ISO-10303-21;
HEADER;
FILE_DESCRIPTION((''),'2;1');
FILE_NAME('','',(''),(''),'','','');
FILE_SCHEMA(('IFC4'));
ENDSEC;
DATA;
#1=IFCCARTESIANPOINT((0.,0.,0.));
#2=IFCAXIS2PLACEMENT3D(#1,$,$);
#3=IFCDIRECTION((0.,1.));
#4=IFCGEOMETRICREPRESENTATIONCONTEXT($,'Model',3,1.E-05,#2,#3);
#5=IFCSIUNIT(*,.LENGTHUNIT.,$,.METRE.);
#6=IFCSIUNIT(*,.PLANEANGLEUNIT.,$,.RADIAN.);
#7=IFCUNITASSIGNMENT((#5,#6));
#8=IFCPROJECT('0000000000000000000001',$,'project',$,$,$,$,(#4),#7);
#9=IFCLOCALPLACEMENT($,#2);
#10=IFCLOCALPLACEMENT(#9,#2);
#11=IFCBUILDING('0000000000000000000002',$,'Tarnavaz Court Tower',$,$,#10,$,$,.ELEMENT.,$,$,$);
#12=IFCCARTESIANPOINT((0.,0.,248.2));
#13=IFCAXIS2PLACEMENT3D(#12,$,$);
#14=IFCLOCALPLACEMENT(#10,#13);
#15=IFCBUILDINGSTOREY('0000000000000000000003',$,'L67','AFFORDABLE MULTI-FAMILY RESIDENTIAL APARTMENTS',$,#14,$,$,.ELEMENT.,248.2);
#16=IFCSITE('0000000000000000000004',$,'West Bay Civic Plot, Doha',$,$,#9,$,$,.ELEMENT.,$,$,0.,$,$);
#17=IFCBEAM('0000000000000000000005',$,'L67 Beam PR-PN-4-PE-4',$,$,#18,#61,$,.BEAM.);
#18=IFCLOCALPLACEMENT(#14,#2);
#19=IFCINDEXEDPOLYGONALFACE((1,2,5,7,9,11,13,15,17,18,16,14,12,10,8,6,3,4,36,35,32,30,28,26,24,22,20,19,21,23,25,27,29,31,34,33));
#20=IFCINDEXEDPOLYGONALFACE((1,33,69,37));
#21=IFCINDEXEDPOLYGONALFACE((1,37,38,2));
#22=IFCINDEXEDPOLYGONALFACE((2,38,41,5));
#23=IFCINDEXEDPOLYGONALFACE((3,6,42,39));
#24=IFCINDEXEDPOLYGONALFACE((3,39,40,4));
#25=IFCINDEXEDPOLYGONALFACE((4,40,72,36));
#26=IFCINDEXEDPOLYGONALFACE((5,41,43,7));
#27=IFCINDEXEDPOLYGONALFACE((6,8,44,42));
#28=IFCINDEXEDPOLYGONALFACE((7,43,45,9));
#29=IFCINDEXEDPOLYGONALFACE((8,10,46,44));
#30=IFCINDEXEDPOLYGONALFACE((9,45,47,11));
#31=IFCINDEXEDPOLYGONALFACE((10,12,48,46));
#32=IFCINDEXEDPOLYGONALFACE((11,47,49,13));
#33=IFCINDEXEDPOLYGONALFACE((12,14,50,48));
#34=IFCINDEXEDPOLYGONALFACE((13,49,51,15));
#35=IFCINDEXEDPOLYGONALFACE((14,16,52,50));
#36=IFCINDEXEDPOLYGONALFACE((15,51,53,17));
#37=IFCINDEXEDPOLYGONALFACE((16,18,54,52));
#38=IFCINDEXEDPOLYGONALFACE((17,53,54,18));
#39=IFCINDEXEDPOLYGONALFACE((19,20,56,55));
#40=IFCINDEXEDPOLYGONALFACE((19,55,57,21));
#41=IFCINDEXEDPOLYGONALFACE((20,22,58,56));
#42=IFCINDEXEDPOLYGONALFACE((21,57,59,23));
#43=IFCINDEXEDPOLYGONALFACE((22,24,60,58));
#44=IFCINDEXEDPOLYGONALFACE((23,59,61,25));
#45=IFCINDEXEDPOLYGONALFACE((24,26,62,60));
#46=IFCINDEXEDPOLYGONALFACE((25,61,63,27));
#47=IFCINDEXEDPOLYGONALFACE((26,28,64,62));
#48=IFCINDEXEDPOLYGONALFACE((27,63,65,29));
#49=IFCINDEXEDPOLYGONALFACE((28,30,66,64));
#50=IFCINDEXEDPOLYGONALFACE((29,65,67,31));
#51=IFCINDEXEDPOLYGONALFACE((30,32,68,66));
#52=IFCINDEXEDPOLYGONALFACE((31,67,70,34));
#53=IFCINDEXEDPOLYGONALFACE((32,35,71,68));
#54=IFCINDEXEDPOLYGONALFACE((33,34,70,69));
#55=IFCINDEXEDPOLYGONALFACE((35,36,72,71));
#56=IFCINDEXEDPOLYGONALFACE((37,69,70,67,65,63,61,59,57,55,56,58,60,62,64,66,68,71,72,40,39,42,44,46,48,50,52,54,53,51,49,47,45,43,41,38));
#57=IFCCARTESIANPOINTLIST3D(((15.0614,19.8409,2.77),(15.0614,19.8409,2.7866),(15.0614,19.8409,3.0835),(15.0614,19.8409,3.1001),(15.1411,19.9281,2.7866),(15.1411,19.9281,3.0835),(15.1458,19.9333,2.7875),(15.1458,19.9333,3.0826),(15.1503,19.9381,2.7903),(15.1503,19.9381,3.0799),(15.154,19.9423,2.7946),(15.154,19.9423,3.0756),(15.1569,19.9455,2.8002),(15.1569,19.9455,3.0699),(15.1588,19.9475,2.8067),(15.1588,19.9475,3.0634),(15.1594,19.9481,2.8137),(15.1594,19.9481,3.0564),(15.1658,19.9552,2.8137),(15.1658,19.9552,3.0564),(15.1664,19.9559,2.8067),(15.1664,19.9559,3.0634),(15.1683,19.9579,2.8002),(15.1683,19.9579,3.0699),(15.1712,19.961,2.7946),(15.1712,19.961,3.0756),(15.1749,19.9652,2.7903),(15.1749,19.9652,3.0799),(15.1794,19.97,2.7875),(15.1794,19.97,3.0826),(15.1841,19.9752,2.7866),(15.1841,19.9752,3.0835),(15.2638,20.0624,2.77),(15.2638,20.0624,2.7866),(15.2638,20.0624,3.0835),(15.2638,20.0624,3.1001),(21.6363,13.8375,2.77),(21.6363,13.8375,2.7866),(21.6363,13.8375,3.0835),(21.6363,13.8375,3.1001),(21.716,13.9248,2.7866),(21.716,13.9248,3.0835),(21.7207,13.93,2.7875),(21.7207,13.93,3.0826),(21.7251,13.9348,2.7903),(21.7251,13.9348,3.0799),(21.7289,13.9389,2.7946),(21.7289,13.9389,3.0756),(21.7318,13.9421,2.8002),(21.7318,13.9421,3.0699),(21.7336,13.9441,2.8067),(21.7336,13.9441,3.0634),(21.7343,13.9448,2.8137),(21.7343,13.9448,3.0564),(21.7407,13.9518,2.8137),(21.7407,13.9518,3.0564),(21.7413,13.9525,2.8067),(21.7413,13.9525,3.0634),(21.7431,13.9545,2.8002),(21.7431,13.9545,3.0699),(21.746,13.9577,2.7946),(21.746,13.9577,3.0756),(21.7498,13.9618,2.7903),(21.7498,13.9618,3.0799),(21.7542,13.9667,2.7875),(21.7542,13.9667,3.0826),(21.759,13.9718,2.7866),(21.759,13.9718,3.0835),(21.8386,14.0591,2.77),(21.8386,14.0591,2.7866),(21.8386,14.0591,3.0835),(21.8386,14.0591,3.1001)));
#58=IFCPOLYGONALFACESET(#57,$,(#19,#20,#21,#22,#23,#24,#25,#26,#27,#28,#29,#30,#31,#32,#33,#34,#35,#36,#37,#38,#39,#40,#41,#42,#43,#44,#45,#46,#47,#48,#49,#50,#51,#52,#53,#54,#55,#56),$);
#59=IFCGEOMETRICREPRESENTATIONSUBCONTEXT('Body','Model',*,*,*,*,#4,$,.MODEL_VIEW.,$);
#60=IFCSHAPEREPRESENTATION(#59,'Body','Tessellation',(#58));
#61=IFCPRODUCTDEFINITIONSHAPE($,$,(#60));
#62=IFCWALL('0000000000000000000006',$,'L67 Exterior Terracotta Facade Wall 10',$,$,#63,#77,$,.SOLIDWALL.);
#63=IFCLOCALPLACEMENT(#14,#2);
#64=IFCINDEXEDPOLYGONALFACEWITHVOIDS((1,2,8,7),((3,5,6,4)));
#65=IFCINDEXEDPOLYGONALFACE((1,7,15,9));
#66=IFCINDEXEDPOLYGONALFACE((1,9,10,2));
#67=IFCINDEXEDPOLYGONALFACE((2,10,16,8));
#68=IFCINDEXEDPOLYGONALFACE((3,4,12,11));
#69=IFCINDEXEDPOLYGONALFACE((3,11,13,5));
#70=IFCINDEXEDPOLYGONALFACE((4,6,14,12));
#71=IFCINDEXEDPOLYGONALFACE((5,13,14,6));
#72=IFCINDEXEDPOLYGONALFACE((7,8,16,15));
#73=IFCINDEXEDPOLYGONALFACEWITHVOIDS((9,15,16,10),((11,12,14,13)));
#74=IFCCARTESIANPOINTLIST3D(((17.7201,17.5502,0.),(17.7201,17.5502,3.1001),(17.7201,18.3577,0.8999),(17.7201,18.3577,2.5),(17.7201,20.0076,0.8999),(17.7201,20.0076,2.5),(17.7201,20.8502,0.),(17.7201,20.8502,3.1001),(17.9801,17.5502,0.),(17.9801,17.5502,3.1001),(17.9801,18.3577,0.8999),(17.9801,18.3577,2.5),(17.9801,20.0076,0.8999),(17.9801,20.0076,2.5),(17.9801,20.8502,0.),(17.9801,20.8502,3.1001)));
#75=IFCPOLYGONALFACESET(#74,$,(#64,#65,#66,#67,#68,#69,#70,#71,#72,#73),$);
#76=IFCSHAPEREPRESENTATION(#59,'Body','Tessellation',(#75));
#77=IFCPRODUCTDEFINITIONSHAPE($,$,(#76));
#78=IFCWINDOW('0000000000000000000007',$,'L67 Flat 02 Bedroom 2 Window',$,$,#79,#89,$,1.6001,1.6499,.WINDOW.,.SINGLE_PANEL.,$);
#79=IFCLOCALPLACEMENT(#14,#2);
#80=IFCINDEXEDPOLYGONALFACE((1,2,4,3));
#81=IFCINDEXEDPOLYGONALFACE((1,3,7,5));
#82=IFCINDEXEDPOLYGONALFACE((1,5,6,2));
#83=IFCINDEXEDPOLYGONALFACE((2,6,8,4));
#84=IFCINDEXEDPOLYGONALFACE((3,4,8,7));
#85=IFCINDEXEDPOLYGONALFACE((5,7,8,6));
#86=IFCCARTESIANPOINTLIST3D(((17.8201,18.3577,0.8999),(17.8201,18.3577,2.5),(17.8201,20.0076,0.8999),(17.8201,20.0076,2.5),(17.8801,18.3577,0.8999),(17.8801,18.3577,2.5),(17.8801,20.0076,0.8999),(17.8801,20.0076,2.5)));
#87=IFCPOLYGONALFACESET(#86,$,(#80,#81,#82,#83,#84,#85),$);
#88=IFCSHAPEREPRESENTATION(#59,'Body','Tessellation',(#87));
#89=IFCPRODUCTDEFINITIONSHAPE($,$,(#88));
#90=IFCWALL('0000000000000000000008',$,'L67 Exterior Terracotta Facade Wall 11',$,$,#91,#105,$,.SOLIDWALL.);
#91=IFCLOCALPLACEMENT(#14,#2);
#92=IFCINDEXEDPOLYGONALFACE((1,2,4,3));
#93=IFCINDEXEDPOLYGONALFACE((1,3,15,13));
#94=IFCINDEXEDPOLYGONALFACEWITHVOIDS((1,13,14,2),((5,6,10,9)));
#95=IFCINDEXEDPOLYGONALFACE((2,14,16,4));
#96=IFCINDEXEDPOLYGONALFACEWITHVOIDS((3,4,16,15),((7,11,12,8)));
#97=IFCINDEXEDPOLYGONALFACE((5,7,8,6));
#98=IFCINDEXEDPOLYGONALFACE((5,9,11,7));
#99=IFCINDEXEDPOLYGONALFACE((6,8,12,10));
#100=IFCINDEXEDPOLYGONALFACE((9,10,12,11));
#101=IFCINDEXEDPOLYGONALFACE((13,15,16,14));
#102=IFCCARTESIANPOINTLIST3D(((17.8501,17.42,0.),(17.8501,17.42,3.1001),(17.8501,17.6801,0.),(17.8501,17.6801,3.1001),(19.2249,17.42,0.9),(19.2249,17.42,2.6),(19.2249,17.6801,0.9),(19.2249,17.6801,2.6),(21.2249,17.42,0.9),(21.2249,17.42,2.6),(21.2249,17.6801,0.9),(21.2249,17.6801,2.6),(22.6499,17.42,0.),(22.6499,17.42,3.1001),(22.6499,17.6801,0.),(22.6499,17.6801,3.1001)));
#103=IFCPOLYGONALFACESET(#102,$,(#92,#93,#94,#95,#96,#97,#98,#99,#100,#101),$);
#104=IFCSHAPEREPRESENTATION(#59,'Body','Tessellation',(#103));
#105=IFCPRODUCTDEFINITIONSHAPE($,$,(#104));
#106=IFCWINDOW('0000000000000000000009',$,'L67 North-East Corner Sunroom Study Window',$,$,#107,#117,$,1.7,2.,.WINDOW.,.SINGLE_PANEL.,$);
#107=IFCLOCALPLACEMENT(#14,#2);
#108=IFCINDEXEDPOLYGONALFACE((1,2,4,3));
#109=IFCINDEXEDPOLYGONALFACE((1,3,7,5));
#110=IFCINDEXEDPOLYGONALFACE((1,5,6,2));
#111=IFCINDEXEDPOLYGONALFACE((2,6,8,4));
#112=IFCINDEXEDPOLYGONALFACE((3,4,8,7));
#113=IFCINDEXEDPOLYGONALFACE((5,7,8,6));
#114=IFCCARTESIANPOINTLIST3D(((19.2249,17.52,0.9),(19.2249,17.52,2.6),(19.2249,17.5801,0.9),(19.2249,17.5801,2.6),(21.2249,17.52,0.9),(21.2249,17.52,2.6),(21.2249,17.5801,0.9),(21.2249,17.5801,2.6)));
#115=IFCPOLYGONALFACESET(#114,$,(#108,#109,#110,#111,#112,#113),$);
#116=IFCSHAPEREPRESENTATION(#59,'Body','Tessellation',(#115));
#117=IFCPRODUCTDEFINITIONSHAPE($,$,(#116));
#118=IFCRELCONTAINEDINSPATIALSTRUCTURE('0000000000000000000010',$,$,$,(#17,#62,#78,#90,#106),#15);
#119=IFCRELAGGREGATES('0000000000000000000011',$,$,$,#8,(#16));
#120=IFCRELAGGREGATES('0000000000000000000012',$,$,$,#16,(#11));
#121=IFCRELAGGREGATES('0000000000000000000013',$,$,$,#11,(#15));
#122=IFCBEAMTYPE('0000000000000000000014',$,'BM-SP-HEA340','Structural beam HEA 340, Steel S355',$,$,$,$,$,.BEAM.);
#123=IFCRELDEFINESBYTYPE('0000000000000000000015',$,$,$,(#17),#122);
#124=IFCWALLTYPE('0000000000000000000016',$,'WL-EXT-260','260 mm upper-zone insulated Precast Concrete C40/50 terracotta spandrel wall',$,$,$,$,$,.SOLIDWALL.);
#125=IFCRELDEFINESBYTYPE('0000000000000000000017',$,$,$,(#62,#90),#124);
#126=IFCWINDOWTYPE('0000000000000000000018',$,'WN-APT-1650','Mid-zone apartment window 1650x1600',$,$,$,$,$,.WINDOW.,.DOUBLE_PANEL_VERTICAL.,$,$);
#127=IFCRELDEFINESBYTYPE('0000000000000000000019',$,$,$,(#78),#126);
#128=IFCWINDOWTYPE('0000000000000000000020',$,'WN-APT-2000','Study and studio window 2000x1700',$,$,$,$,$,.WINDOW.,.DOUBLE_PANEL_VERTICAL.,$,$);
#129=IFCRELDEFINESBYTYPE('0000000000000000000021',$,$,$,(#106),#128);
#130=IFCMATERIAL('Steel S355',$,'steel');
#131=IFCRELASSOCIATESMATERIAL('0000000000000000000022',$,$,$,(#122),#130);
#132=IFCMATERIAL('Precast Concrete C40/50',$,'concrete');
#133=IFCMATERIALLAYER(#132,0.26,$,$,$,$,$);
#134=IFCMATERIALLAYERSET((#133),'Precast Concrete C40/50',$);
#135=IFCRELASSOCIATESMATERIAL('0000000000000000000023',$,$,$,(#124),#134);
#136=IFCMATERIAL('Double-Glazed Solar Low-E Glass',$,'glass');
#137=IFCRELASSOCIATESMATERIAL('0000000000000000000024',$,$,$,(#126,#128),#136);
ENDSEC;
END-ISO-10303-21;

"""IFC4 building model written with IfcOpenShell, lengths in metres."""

from ifc_helpers import new_model, si_unit, direction, frame, frame_2d, origin, origin_2d, place, context, subcontext, project, spatial, rectangle, i_section, extrude, material, layer, layer_set, material_profile, profile_set, type_object, element, fill, save


model = new_model("IFC4")

# Units and contexts
model_context = context("Model", 3, precision=1e-05, world=origin(), true_north=direction((0.0, 1.0)))
body_context = subcontext(model_context, "Body", "Model", "MODEL_VIEW")
ifc_project = project(units=[si_unit("LENGTHUNIT", "METRE"), si_unit("PLANEANGLEUNIT", "RADIAN")], contexts=[model_context])

# Site, building, storey
site_placement = place(None, origin())
site = spatial("IfcSite", under=ifc_project, at=site_placement, Name="West Bay Civic Plot, Doha", CompositionType="ELEMENT", RefElevation=0.0)
building_placement = place(site_placement, origin())
building = spatial("IfcBuilding", under=site, at=building_placement, Name="Tarnavaz Court Tower", CompositionType="ELEMENT")
storey_placement = place(building_placement, frame((0.0, 0.0, 248.2)))
storey = spatial("IfcBuildingStorey", under=building, at=storey_placement, Name="L67", Description="AFFORDABLE MULTI-FAMILY RESIDENTIAL APARTMENTS", CompositionType="ELEMENT", Elevation=248.2)

# Beam
ifc_material_1 = material(Name="Steel S355", Category="steel")
ifc_material_profile_1 = material_profile(ifc_material_1, i_section(OverallWidth=0.3, OverallDepth=0.3301, WebThickness=0.0095, FlangeThickness=0.0166, FilletRadius=0.0271, at=origin_2d()), Name="HEA 340")
ifc_profile_set_1 = profile_set([ifc_material_profile_1], Name="Steel S355")
beam_type_1 = type_object("IfcBeamType", Name="BM-SP-HEA340", Description="Structural beam HEA 340, Steel S355", PredefinedType="BEAM", material=ifc_profile_set_1)
beam_1_placement = place(storey_placement, frame((15.1626, 19.9517, 2.9351), z_axis=(0.738474, -0.674282, 0.0), x_axis=(0.674282, 0.738474, 0.0)))
element("IfcBeam", 1, at=beam_1_placement, inside=storey, type_object=beam_type_1, Name="L67 Beam PR-PN-4-PE-4", PredefinedType="BEAM", context=body_context, shape_type="SweptSolid", body=[
    extrude(i_section(OverallWidth=0.3, OverallDepth=0.3301, WebThickness=0.0095, FlangeThickness=0.0166, FilletRadius=0.0271, at=origin_2d()), origin(), (0.0, 0.0, 1.0), 8.9033),
])

# Walls, openings, windows
ifc_material_2 = material(Name="Precast Concrete C40/50", Category="concrete")
ifc_layer_1 = layer(ifc_material_2, 0.26)
ifc_layer_set_1 = layer_set([ifc_layer_1], Name="Precast Concrete C40/50")
wall_type_1 = type_object("IfcWallType", Name="WL-EXT-260", Description="260 mm upper-zone insulated Precast Concrete C40/50 terracotta spandrel wall", PredefinedType="SOLIDWALL", material=ifc_layer_set_1)
wall_1_placement = place(storey_placement, frame((17.8501, 20.8501, 0.0), z_axis=(0.0, 0.0, 1.0), x_axis=(0.0, -1.0, 0.0)))
wall_1 = element("IfcWall", 2, at=wall_1_placement, inside=storey, type_object=wall_type_1, Name="L67 Exterior Terracotta Facade Wall 10", PredefinedType="SOLIDWALL", context=body_context, shape_type="SweptSolid", body=[
    extrude(rectangle(XDim=3.3, YDim=0.26, at=frame_2d((1.6499, 0.0))), origin(), (0.0, 0.0, 1.0), 3.1001),
])
opening_1_placement = place(wall_1_placement, frame((0.8425, 0.0, 0.8999)))
opening_1 = element("IfcOpeningElement", 3, at=opening_1_placement, cuts=wall_1, PredefinedType="OPENING", context=body_context, shape_type="SweptSolid", body=[
    extrude(rectangle(XDim=1.6499, YDim=1.6001, at=frame_2d((0.825, 0.8))), frame((0.0, 0.1399, 0.0), z_axis=(0.0, -1.0, 0.0), x_axis=(1.0, 0.0, 0.0)), (0.0, 0.0, 1.0), 0.28),
])
ifc_material_3 = material(Name="Double-Glazed Solar Low-E Glass", Category="glass")
window_type_1 = type_object("IfcWindowType", Name="WN-APT-1650", Description="Mid-zone apartment window 1650x1600", PartitioningType="DOUBLE_PANEL_VERTICAL", PredefinedType="WINDOW", material=ifc_material_3)
window_1_placement = place(opening_1_placement, origin())
window_1 = element("IfcWindow", 4, at=window_1_placement, inside=storey, type_object=window_type_1, Name="L67 Flat 02 Bedroom 2 Window", OverallHeight=1.6001, OverallWidth=1.6499, PartitioningType="SINGLE_PANEL", PredefinedType="WINDOW", context=body_context, shape_type="SweptSolid", body=[
    extrude(rectangle(XDim=1.6499, YDim=1.6001, at=frame_2d((0.825, 0.8))), frame((0.0, 0.03, 0.0), z_axis=(0.0, -1.0, 0.0), x_axis=(1.0, 0.0, 0.0)), (0.0, 0.0, 1.0), 0.0601),
])
fill(opening_1, window_1)
wall_2_placement = place(storey_placement, frame((17.8501, 17.55, 0.0), z_axis=(0.0, 0.0, 1.0), x_axis=(1.0, 0.0, 0.0)))
wall_2 = element("IfcWall", 5, at=wall_2_placement, inside=storey, type_object=wall_type_1, Name="L67 Exterior Terracotta Facade Wall 11", PredefinedType="SOLIDWALL", context=body_context, shape_type="SweptSolid", body=[
    extrude(rectangle(XDim=4.7998, YDim=0.26, at=frame_2d((2.3999, 0.0))), origin(), (0.0, 0.0, 1.0), 3.1001),
])
opening_2_placement = place(wall_2_placement, frame((1.3748, 0.0, 0.8999)))
opening_2 = element("IfcOpeningElement", 6, at=opening_2_placement, cuts=wall_2, PredefinedType="OPENING", context=body_context, shape_type="SweptSolid", body=[
    extrude(rectangle(XDim=2.0, YDim=1.7, at=frame_2d((1.0, 0.8501))), frame((0.0, 0.1399, 0.0), z_axis=(0.0, -1.0, 0.0), x_axis=(1.0, 0.0, 0.0)), (0.0, 0.0, 1.0), 0.28),
])
window_type_2 = type_object("IfcWindowType", Name="WN-APT-2000", Description="Study and studio window 2000x1700", PartitioningType="DOUBLE_PANEL_VERTICAL", PredefinedType="WINDOW", material=ifc_material_3)
window_2_placement = place(opening_2_placement, origin())
window_2 = element("IfcWindow", 7, at=window_2_placement, inside=storey, type_object=window_type_2, Name="L67 North-East Corner Sunroom Study Window", OverallHeight=1.7, OverallWidth=2.0, PartitioningType="SINGLE_PANEL", PredefinedType="WINDOW", context=body_context, shape_type="SweptSolid", body=[
    extrude(rectangle(XDim=2.0, YDim=1.7, at=frame_2d((1.0, 0.8501))), frame((0.0, 0.03, 0.0), z_axis=(0.0, -1.0, 0.0), x_axis=(1.0, 0.0, 0.0)), (0.0, 0.0, 1.0), 0.0601),
])
fill(opening_2, window_2)

save(model, "model.ifc")
